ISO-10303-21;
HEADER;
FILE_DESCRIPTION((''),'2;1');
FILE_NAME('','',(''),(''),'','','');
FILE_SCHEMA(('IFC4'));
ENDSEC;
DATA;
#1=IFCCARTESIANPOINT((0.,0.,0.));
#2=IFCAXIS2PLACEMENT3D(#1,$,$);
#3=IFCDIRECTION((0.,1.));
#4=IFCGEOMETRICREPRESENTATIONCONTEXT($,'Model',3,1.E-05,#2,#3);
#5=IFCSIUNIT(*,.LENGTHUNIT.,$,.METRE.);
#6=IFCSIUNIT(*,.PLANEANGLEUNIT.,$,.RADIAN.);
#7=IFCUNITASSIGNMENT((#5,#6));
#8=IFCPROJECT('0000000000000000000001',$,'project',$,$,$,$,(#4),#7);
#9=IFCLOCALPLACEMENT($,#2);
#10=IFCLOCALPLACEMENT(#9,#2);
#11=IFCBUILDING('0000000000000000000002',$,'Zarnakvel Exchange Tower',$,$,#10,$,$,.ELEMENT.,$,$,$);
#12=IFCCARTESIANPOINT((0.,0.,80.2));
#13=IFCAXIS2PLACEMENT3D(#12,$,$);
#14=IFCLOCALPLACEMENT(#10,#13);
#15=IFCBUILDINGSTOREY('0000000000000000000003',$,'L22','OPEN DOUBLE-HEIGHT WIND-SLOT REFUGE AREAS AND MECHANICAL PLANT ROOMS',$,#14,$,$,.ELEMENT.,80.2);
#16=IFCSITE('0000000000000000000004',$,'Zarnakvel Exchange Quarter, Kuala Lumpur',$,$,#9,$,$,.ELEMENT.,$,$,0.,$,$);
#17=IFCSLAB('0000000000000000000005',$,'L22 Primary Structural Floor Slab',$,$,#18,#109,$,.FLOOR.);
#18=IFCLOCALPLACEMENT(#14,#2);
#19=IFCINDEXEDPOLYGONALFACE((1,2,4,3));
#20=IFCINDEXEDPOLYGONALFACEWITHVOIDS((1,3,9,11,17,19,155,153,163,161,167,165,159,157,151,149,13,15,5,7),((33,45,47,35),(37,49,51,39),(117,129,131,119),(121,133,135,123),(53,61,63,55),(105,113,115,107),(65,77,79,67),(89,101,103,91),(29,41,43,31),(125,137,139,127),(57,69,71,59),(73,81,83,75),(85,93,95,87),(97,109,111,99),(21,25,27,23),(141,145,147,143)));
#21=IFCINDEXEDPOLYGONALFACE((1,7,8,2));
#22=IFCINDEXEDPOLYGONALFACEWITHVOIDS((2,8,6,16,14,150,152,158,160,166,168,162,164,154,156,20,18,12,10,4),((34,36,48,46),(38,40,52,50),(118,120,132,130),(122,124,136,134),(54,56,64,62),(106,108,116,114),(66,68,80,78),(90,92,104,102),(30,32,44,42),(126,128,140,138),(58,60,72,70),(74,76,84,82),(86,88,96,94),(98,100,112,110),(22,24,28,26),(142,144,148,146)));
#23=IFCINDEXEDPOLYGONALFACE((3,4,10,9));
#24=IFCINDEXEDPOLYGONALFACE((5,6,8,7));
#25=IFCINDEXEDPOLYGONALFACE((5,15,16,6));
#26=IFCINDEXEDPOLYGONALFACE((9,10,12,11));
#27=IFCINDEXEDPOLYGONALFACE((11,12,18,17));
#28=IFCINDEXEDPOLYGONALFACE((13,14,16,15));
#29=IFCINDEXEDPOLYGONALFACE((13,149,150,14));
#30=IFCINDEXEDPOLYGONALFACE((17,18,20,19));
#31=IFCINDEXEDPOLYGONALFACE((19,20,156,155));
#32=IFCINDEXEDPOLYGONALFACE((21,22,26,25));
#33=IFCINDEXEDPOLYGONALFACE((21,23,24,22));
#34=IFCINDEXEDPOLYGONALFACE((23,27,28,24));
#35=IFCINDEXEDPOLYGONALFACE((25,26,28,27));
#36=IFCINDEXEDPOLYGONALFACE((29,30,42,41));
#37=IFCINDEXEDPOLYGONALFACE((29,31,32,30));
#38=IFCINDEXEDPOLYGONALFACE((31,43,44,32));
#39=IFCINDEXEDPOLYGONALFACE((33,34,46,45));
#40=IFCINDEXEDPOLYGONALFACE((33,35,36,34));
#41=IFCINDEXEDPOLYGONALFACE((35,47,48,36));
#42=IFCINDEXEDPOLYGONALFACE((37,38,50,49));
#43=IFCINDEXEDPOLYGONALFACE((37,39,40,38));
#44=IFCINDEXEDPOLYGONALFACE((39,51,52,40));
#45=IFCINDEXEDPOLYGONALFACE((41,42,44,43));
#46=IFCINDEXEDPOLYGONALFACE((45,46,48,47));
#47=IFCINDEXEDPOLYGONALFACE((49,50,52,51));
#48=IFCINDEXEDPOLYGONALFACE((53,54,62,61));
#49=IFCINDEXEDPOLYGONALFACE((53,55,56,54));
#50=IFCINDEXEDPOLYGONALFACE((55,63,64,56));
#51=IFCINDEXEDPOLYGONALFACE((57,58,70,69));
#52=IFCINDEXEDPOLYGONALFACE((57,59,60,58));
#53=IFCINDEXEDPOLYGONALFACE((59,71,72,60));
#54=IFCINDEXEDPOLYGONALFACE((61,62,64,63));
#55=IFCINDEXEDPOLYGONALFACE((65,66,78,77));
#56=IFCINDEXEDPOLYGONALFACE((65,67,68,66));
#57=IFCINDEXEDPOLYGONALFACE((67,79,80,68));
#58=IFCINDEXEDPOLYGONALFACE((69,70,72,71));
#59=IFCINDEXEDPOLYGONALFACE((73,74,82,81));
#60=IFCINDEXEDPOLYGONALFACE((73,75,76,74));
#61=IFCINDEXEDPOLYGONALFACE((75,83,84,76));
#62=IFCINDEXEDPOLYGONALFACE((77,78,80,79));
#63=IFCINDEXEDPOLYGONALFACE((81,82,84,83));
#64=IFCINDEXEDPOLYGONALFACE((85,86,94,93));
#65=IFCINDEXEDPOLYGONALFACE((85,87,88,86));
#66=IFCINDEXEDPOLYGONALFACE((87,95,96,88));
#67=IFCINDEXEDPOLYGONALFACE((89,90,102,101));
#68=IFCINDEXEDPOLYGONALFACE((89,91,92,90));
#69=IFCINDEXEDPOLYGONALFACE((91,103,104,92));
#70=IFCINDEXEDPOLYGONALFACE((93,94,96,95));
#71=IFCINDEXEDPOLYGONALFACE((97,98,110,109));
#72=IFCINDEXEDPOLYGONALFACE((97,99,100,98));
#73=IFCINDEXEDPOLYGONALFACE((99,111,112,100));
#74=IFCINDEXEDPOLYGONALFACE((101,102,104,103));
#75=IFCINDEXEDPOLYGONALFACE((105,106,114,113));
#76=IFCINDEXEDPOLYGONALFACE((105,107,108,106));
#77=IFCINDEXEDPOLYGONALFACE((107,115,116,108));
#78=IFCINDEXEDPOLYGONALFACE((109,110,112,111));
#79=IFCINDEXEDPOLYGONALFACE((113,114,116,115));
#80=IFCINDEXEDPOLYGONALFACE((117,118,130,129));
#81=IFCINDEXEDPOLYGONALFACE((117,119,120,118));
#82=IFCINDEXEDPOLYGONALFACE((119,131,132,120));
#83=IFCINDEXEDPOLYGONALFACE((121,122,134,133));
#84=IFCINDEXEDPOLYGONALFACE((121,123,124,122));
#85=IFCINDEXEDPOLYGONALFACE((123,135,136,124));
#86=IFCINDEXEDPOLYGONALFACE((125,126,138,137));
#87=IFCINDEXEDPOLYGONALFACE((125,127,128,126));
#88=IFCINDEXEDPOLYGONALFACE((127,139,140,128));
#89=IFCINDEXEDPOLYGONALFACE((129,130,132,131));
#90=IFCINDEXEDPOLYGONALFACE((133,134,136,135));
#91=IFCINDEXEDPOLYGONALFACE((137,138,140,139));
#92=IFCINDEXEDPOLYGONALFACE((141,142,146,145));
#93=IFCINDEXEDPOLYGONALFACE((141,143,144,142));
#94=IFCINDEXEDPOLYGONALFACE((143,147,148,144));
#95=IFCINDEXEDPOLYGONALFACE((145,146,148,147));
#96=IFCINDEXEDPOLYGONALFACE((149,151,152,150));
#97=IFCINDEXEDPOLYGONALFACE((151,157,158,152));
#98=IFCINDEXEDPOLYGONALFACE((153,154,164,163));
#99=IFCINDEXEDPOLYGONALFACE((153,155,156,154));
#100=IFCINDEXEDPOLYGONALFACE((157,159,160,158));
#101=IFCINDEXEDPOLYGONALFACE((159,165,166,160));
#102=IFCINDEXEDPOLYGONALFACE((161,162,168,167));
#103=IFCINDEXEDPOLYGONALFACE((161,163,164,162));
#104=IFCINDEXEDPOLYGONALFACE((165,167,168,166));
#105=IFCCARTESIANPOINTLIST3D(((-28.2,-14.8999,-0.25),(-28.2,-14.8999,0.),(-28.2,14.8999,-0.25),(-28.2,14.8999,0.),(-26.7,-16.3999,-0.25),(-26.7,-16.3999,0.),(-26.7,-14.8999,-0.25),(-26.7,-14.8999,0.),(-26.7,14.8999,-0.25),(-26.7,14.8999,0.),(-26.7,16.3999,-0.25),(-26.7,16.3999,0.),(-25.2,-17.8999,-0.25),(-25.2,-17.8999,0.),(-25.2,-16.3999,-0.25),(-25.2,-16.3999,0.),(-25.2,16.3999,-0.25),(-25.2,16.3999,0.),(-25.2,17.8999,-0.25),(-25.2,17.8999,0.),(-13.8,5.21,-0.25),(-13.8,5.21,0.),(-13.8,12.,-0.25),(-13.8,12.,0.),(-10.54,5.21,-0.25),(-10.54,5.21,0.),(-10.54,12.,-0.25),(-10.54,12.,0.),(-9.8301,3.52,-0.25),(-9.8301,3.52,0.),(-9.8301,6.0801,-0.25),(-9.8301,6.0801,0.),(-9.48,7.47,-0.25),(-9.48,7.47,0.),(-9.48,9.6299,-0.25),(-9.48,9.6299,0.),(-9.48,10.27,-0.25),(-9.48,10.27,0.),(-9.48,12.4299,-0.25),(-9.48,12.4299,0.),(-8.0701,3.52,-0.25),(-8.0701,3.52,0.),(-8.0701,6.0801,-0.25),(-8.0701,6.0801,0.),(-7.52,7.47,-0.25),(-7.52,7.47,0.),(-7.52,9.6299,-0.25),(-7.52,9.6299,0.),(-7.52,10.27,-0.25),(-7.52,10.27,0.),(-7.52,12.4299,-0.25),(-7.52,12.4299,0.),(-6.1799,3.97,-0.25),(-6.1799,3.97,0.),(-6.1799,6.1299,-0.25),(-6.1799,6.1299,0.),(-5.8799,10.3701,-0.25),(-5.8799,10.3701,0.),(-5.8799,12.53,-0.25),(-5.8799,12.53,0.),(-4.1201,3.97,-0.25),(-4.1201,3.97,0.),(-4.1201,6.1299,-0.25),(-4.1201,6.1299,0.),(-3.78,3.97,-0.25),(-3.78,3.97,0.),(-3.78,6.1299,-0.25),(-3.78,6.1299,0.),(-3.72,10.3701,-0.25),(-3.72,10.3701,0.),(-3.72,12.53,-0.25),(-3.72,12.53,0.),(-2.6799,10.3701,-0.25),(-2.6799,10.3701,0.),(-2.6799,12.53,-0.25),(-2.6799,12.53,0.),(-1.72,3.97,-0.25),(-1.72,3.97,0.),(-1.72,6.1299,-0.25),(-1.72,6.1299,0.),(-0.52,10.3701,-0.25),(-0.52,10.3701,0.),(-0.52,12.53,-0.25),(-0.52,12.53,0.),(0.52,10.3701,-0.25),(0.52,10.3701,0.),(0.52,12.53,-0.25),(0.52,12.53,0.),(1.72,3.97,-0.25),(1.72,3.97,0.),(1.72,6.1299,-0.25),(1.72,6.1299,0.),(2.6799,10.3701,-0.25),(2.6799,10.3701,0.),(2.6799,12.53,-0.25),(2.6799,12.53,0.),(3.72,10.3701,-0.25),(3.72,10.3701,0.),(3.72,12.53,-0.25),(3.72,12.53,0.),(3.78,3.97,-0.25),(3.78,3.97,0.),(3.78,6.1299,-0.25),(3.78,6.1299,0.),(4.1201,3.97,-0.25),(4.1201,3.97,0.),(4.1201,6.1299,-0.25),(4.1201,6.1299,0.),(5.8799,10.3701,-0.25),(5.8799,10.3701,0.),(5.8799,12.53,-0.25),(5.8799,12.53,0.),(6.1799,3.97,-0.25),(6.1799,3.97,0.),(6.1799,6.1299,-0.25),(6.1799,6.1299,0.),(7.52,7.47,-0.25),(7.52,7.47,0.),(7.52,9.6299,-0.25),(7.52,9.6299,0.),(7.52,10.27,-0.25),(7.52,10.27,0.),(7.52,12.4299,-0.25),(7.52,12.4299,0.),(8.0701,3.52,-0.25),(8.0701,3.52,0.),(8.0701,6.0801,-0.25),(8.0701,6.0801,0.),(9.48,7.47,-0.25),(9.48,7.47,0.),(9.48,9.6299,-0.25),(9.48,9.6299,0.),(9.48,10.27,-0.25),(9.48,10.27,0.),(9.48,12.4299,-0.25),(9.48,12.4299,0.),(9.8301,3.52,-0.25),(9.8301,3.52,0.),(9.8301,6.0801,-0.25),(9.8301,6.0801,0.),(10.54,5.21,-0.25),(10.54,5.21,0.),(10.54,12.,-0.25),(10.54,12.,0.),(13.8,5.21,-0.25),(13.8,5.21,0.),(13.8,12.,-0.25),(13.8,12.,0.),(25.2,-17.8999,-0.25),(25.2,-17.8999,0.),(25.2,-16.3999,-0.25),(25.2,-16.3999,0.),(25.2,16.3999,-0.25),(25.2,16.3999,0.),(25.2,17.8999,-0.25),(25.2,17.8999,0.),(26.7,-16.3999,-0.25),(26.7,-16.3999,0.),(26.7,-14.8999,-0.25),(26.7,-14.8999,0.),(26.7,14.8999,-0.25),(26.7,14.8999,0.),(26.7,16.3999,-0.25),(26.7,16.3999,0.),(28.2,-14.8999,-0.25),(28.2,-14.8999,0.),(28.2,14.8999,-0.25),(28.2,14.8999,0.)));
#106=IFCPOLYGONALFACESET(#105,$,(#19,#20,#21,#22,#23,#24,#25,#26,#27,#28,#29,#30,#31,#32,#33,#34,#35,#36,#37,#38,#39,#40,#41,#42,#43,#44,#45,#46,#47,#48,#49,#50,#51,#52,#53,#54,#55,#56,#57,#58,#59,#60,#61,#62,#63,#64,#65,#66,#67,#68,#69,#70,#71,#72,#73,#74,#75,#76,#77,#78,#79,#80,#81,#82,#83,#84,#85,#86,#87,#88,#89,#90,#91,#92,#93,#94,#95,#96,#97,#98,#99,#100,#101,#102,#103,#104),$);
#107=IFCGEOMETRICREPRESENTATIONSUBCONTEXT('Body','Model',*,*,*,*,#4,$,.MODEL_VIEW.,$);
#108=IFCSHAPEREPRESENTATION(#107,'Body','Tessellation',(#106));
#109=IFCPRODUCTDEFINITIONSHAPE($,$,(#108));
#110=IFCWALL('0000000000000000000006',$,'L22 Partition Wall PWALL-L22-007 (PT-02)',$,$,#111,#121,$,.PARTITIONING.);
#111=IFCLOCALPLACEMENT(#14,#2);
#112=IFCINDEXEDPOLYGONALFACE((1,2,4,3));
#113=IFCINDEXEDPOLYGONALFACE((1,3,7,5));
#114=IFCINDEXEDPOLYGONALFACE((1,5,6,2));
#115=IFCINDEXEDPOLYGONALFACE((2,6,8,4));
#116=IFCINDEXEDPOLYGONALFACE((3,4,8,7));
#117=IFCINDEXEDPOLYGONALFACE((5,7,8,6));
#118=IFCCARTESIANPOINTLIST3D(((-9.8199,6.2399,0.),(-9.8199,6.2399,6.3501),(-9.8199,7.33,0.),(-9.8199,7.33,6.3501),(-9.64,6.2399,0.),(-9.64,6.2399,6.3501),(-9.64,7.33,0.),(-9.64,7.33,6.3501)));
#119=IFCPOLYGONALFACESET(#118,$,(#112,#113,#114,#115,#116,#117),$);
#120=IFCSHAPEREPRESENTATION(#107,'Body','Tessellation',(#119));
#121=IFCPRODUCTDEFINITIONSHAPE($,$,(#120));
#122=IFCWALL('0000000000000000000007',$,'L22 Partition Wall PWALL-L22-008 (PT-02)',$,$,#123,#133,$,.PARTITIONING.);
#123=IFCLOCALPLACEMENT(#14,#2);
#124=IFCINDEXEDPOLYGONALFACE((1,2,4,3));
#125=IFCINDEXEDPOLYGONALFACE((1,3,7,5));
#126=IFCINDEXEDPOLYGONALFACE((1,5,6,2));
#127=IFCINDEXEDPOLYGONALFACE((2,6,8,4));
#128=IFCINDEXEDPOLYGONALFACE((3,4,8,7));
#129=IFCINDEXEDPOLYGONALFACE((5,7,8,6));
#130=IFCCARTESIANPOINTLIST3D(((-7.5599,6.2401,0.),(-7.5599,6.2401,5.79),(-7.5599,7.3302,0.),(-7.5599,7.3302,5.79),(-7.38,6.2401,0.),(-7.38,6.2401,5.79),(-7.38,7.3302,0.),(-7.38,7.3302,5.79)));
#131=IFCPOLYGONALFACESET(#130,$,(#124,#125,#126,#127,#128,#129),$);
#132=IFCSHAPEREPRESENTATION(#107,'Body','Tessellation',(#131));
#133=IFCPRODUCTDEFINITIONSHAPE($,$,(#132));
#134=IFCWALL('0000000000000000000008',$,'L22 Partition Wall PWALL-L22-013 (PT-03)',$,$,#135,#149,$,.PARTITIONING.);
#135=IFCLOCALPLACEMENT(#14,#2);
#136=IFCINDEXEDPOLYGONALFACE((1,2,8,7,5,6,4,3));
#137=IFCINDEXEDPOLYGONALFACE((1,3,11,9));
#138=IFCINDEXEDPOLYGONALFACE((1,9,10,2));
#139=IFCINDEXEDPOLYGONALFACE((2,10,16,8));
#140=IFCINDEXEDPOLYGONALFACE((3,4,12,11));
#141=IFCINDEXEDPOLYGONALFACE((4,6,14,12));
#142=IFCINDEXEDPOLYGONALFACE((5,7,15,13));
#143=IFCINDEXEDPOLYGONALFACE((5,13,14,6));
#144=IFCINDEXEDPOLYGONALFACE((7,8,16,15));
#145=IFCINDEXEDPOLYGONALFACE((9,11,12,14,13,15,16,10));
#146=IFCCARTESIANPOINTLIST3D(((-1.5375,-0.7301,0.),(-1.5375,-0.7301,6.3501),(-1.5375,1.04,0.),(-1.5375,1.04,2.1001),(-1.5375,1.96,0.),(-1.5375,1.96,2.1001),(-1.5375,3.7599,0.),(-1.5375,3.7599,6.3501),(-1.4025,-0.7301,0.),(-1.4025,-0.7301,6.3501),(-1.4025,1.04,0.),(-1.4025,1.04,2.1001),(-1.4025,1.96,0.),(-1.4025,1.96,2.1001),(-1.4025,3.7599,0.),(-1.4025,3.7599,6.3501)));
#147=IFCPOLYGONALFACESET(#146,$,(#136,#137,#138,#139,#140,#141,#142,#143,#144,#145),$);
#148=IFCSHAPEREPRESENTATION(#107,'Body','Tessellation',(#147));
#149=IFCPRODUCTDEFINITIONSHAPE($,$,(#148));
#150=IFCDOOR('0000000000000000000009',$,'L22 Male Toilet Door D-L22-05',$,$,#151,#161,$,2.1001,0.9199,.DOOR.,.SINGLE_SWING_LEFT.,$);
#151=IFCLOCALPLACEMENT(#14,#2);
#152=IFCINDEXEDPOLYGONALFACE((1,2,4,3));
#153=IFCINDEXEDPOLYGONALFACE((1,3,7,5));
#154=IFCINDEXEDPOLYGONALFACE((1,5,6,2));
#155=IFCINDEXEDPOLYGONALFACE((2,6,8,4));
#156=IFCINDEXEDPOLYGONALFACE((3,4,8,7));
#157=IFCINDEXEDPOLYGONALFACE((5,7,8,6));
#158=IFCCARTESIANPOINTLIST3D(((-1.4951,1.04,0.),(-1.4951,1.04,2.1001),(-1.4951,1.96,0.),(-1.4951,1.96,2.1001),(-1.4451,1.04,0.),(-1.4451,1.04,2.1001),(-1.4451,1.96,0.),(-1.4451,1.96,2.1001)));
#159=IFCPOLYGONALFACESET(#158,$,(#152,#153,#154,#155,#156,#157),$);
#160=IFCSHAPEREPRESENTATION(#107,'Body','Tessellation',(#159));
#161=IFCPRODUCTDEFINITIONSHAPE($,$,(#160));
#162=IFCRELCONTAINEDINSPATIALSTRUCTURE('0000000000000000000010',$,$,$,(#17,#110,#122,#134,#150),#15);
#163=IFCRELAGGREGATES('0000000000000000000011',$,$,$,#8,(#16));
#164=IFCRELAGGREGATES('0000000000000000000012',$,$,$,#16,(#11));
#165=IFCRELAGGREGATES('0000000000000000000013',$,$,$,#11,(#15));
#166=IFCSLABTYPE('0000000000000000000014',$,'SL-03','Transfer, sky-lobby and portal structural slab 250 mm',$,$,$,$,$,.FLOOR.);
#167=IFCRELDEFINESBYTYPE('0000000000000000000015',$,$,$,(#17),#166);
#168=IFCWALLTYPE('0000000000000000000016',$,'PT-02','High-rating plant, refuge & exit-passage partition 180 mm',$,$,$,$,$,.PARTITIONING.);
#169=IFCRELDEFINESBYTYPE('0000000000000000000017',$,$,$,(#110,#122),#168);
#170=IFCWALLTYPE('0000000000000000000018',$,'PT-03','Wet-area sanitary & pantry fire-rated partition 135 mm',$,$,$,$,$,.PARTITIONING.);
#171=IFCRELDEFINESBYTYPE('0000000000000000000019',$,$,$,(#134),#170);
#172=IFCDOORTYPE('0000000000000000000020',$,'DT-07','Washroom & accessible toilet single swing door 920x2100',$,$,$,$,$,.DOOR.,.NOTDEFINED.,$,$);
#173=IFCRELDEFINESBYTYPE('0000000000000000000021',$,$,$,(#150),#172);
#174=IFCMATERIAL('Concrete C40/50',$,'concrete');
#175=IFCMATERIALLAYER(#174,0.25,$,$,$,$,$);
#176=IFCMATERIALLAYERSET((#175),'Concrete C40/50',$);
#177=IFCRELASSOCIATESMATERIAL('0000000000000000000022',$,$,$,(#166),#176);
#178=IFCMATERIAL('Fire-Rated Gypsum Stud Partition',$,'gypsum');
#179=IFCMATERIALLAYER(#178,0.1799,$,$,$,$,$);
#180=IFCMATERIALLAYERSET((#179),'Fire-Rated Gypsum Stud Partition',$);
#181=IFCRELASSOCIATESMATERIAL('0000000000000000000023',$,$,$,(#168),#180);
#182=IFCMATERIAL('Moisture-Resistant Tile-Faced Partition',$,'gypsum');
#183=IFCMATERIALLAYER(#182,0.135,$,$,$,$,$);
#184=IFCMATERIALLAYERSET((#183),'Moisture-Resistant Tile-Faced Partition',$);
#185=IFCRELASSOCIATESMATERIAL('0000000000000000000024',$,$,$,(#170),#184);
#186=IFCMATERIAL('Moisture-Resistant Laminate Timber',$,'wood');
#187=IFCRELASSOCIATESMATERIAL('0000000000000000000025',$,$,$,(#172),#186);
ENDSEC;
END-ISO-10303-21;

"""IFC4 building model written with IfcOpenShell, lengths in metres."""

from ifc_helpers import new_model, si_unit, direction, frame, frame_2d, origin, place, context, subcontext, project, spatial, polyline, rectangle, outline, extrude, source, transform, mapped, material, layer, layer_set, type_object, element, fill, save


model = new_model("IFC4")

# Units and contexts
model_context = context("Model", 3, precision=1e-05, world=origin(), true_north=direction((0.0, 1.0)))
body_context = subcontext(model_context, "Body", "Model", "MODEL_VIEW")
ifc_project = project(units=[si_unit("LENGTHUNIT", "METRE"), si_unit("PLANEANGLEUNIT", "RADIAN")], contexts=[model_context])

# Site, building, storey
site_placement = place(None, origin())
site = spatial("IfcSite", under=ifc_project, at=site_placement, Name="Zarnakvel Exchange Quarter, Kuala Lumpur", CompositionType="ELEMENT", RefElevation=0.0)
building_placement = place(site_placement, origin())
building = spatial("IfcBuilding", under=site, at=building_placement, Name="Zarnakvel Exchange Tower", CompositionType="ELEMENT")
storey_placement = place(building_placement, frame((0.0, 0.0, 80.2)))
storey = spatial("IfcBuildingStorey", under=building, at=storey_placement, Name="L22", Description="OPEN DOUBLE-HEIGHT WIND-SLOT REFUGE AREAS AND MECHANICAL PLANT ROOMS", CompositionType="ELEMENT", Elevation=80.2)

# Slab
ifc_material_1 = material(Name="Concrete C40/50", Category="concrete")
ifc_layer_1 = layer(ifc_material_1, 0.25)
ifc_layer_set_1 = layer_set([ifc_layer_1], Name="Concrete C40/50")
slab_type = type_object("IfcSlabType", Name="SL-03", Description="Transfer, sky-lobby and portal structural slab 250 mm", PredefinedType="FLOOR", material=ifc_layer_set_1)
slab_placement = place(storey_placement, frame((0.0, 0.0, -0.25)))
element("IfcSlab", 1, at=slab_placement, inside=storey, type_object=slab_type, Name="L22 Primary Structural Floor Slab", PredefinedType="FLOOR", context=body_context, shape_type="SweptSolid", body=[
    extrude(outline(polyline([(-28.2, -14.8999), (-26.7, -14.8999), (-26.7, -16.3999), (-25.2, -16.3999), (-25.2, -17.8999), (25.2, -17.8999), (25.2, -16.3999), (26.7, -16.3999), (26.7, -14.8999), (28.2, -14.8999), (28.2, 14.8999), (26.7, 14.8999), (26.7, 16.3999), (25.2, 16.3999), (25.2, 17.8999), (-25.2, 17.8999), (-25.2, 16.3999), (-26.7, 16.3999), (-26.7, 14.8999), (-28.2, 14.8999), (-28.2, -14.8999)]), holes=[polyline([(-13.8, 5.21), (-10.54, 5.21), (-10.54, 12.0), (-13.8, 12.0), (-13.8, 5.21)]), polyline([(10.54, 5.21), (13.8, 5.21), (13.8, 12.0), (10.54, 12.0), (10.54, 5.21)]), polyline([(-9.8301, 3.52), (-8.0701, 3.52), (-8.0701, 6.0801), (-9.8301, 6.0801), (-9.8301, 3.52)]), polyline([(8.0701, 3.52), (9.8301, 3.52), (9.8301, 6.0801), (8.0701, 6.0801), (8.0701, 3.52)]), polyline([(-5.8799, 10.3701), (-3.72, 10.3701), (-3.72, 12.53), (-5.8799, 12.53), (-5.8799, 10.3701)]), polyline([(-2.6799, 10.3701), (-0.52, 10.3701), (-0.52, 12.53), (-2.6799, 12.53), (-2.6799, 10.3701)]), polyline([(0.52, 10.3701), (2.6799, 10.3701), (2.6799, 12.53), (0.52, 12.53), (0.52, 10.3701)]), polyline([(3.72, 10.3701), (5.8799, 10.3701), (5.8799, 12.53), (3.72, 12.53), (3.72, 10.3701)]), polyline([(-6.1799, 3.97), (-4.1201, 3.97), (-4.1201, 6.1299), (-6.1799, 6.1299), (-6.1799, 3.97)]), polyline([(-3.78, 3.97), (-1.72, 3.97), (-1.72, 6.1299), (-3.78, 6.1299), (-3.78, 3.97)]), polyline([(1.72, 3.97), (3.78, 3.97), (3.78, 6.1299), (1.72, 6.1299), (1.72, 3.97)]), polyline([(4.1201, 3.97), (6.1799, 3.97), (6.1799, 6.1299), (4.1201, 6.1299), (4.1201, 3.97)]), polyline([(-9.48, 7.47), (-7.52, 7.47), (-7.52, 9.6299), (-9.48, 9.6299), (-9.48, 7.47)]), polyline([(-9.48, 10.27), (-7.52, 10.27), (-7.52, 12.4299), (-9.48, 12.4299), (-9.48, 10.27)]), polyline([(7.52, 7.47), (9.48, 7.47), (9.48, 9.6299), (7.52, 9.6299), (7.52, 7.47)]), polyline([(7.52, 10.27), (9.48, 10.27), (9.48, 12.4299), (7.52, 12.4299), (7.52, 10.27)])]), origin(), (0.0, 0.0, 1.0), 0.25),
])

# Walls
ifc_material_2 = material(Name="Fire-Rated Gypsum Stud Partition", Category="gypsum")
ifc_layer_2 = layer(ifc_material_2, 0.1799)
ifc_layer_set_2 = layer_set([ifc_layer_2], Name="Fire-Rated Gypsum Stud Partition")
wall_type_1 = type_object("IfcWallType", Name="PT-02", Description="High-rating plant, refuge & exit-passage partition 180 mm", PredefinedType="PARTITIONING", material=ifc_layer_set_2)
wall_1_placement = place(storey_placement, frame((-9.73, 6.24, 0.0), z_axis=(0.0, 0.0, 1.0), x_axis=(0.0, 1.0, 0.0)))
element("IfcWall", 2, at=wall_1_placement, inside=storey, type_object=wall_type_1, Name="L22 Partition Wall PWALL-L22-007 (PT-02)", PredefinedType="PARTITIONING", context=body_context, shape_type="SweptSolid", body=[
    extrude(rectangle(XDim=1.0901, YDim=0.1799, at=frame_2d((0.5449, 0.0))), origin(), (0.0, 0.0, 1.0), 6.3501),
])
wall_2_placement = place(storey_placement, frame((-7.47, 7.3301, 0.0), z_axis=(0.0, 0.0, 1.0), x_axis=(0.0, -1.0, 0.0)))
element("IfcWall", 3, at=wall_2_placement, inside=storey, type_object=wall_type_1, Name="L22 Partition Wall PWALL-L22-008 (PT-02)", PredefinedType="PARTITIONING", context=body_context, shape_type="SweptSolid", body=[
    extrude(rectangle(XDim=1.0901, YDim=0.1799, at=frame_2d((0.5449, 0.0))), origin(), (0.0, 0.0, 1.0), 5.79),
])

# Wall, opening, door
ifc_material_3 = material(Name="Moisture-Resistant Tile-Faced Partition", Category="gypsum")
ifc_layer_3 = layer(ifc_material_3, 0.135)
ifc_layer_set_3 = layer_set([ifc_layer_3], Name="Moisture-Resistant Tile-Faced Partition")
wall_type_2 = type_object("IfcWallType", Name="PT-03", Description="Wet-area sanitary & pantry fire-rated partition 135 mm", PredefinedType="PARTITIONING", material=ifc_layer_set_3)
wall_3_placement = place(storey_placement, frame((-1.47, 3.76, 0.0), z_axis=(0.0, 0.0, 1.0), x_axis=(0.0, -1.0, 0.0)))
wall_3 = element("IfcWall", 4, at=wall_3_placement, inside=storey, type_object=wall_type_2, Name="L22 Partition Wall PWALL-L22-013 (PT-03)", PredefinedType="PARTITIONING", context=body_context, shape_type="SweptSolid", body=[
    extrude(rectangle(XDim=4.49, YDim=0.135, at=frame_2d((2.2451, 0.0))), origin(), (0.0, 0.0, 1.0), 6.3501),
])
opening_1_placement = place(wall_3_placement, frame((1.8, 0.0, 0.0)))
opening_1 = element("IfcOpeningElement", 5, at=opening_1_placement, cuts=wall_3, PredefinedType="OPENING", context=body_context, shape_type="SweptSolid", body=[
    extrude(rectangle(XDim=0.9199, YDim=2.1001, at=frame_2d((0.46, 1.05))), frame((0.0, 0.0774, 0.0), z_axis=(0.0, -1.0, 0.0), x_axis=(1.0, 0.0, 0.0)), (0.0, 0.0, 1.0), 0.155),
])
ifc_material_4 = material(Name="Moisture-Resistant Laminate Timber", Category="wood")
door_type_1 = type_object("IfcDoorType", Name="DT-07", Description="Washroom & accessible toilet single swing door 920x2100", OperationType="NOTDEFINED", PredefinedType="DOOR", material=ifc_material_4)
shared_shape_1 = source(origin(), body_context, "Body", "SweptSolid", [
    extrude(rectangle(XDim=0.9199, YDim=2.1001, at=frame_2d((0.46, 1.05))), frame((0.0, 0.0249, 0.0), z_axis=(0.0, -1.0, 0.0), x_axis=(1.0, 0.0, 0.0)), (0.0, 0.0, 1.0), 0.05),
])
door_1_placement = place(opening_1_placement, origin())
door_1 = element("IfcDoor", 6, at=door_1_placement, inside=storey, type_object=door_type_1, Name="L22 Male Toilet Door D-L22-05", OperationType="SINGLE_SWING_LEFT", OverallHeight=2.1001, OverallWidth=0.9199, PredefinedType="DOOR", context=body_context, shape_type="MappedRepresentation", body=[
    mapped(shared_shape_1, transform((0.0, 0.0, 0.0), x_axis=(1.0, 0.0, 0.0), y_axis=(0.0, 1.0, 0.0), z_axis=(0.0, 0.0, 1.0), scale=1.0)),
])
fill(opening_1, door_1)

save(model, "model.ifc")
